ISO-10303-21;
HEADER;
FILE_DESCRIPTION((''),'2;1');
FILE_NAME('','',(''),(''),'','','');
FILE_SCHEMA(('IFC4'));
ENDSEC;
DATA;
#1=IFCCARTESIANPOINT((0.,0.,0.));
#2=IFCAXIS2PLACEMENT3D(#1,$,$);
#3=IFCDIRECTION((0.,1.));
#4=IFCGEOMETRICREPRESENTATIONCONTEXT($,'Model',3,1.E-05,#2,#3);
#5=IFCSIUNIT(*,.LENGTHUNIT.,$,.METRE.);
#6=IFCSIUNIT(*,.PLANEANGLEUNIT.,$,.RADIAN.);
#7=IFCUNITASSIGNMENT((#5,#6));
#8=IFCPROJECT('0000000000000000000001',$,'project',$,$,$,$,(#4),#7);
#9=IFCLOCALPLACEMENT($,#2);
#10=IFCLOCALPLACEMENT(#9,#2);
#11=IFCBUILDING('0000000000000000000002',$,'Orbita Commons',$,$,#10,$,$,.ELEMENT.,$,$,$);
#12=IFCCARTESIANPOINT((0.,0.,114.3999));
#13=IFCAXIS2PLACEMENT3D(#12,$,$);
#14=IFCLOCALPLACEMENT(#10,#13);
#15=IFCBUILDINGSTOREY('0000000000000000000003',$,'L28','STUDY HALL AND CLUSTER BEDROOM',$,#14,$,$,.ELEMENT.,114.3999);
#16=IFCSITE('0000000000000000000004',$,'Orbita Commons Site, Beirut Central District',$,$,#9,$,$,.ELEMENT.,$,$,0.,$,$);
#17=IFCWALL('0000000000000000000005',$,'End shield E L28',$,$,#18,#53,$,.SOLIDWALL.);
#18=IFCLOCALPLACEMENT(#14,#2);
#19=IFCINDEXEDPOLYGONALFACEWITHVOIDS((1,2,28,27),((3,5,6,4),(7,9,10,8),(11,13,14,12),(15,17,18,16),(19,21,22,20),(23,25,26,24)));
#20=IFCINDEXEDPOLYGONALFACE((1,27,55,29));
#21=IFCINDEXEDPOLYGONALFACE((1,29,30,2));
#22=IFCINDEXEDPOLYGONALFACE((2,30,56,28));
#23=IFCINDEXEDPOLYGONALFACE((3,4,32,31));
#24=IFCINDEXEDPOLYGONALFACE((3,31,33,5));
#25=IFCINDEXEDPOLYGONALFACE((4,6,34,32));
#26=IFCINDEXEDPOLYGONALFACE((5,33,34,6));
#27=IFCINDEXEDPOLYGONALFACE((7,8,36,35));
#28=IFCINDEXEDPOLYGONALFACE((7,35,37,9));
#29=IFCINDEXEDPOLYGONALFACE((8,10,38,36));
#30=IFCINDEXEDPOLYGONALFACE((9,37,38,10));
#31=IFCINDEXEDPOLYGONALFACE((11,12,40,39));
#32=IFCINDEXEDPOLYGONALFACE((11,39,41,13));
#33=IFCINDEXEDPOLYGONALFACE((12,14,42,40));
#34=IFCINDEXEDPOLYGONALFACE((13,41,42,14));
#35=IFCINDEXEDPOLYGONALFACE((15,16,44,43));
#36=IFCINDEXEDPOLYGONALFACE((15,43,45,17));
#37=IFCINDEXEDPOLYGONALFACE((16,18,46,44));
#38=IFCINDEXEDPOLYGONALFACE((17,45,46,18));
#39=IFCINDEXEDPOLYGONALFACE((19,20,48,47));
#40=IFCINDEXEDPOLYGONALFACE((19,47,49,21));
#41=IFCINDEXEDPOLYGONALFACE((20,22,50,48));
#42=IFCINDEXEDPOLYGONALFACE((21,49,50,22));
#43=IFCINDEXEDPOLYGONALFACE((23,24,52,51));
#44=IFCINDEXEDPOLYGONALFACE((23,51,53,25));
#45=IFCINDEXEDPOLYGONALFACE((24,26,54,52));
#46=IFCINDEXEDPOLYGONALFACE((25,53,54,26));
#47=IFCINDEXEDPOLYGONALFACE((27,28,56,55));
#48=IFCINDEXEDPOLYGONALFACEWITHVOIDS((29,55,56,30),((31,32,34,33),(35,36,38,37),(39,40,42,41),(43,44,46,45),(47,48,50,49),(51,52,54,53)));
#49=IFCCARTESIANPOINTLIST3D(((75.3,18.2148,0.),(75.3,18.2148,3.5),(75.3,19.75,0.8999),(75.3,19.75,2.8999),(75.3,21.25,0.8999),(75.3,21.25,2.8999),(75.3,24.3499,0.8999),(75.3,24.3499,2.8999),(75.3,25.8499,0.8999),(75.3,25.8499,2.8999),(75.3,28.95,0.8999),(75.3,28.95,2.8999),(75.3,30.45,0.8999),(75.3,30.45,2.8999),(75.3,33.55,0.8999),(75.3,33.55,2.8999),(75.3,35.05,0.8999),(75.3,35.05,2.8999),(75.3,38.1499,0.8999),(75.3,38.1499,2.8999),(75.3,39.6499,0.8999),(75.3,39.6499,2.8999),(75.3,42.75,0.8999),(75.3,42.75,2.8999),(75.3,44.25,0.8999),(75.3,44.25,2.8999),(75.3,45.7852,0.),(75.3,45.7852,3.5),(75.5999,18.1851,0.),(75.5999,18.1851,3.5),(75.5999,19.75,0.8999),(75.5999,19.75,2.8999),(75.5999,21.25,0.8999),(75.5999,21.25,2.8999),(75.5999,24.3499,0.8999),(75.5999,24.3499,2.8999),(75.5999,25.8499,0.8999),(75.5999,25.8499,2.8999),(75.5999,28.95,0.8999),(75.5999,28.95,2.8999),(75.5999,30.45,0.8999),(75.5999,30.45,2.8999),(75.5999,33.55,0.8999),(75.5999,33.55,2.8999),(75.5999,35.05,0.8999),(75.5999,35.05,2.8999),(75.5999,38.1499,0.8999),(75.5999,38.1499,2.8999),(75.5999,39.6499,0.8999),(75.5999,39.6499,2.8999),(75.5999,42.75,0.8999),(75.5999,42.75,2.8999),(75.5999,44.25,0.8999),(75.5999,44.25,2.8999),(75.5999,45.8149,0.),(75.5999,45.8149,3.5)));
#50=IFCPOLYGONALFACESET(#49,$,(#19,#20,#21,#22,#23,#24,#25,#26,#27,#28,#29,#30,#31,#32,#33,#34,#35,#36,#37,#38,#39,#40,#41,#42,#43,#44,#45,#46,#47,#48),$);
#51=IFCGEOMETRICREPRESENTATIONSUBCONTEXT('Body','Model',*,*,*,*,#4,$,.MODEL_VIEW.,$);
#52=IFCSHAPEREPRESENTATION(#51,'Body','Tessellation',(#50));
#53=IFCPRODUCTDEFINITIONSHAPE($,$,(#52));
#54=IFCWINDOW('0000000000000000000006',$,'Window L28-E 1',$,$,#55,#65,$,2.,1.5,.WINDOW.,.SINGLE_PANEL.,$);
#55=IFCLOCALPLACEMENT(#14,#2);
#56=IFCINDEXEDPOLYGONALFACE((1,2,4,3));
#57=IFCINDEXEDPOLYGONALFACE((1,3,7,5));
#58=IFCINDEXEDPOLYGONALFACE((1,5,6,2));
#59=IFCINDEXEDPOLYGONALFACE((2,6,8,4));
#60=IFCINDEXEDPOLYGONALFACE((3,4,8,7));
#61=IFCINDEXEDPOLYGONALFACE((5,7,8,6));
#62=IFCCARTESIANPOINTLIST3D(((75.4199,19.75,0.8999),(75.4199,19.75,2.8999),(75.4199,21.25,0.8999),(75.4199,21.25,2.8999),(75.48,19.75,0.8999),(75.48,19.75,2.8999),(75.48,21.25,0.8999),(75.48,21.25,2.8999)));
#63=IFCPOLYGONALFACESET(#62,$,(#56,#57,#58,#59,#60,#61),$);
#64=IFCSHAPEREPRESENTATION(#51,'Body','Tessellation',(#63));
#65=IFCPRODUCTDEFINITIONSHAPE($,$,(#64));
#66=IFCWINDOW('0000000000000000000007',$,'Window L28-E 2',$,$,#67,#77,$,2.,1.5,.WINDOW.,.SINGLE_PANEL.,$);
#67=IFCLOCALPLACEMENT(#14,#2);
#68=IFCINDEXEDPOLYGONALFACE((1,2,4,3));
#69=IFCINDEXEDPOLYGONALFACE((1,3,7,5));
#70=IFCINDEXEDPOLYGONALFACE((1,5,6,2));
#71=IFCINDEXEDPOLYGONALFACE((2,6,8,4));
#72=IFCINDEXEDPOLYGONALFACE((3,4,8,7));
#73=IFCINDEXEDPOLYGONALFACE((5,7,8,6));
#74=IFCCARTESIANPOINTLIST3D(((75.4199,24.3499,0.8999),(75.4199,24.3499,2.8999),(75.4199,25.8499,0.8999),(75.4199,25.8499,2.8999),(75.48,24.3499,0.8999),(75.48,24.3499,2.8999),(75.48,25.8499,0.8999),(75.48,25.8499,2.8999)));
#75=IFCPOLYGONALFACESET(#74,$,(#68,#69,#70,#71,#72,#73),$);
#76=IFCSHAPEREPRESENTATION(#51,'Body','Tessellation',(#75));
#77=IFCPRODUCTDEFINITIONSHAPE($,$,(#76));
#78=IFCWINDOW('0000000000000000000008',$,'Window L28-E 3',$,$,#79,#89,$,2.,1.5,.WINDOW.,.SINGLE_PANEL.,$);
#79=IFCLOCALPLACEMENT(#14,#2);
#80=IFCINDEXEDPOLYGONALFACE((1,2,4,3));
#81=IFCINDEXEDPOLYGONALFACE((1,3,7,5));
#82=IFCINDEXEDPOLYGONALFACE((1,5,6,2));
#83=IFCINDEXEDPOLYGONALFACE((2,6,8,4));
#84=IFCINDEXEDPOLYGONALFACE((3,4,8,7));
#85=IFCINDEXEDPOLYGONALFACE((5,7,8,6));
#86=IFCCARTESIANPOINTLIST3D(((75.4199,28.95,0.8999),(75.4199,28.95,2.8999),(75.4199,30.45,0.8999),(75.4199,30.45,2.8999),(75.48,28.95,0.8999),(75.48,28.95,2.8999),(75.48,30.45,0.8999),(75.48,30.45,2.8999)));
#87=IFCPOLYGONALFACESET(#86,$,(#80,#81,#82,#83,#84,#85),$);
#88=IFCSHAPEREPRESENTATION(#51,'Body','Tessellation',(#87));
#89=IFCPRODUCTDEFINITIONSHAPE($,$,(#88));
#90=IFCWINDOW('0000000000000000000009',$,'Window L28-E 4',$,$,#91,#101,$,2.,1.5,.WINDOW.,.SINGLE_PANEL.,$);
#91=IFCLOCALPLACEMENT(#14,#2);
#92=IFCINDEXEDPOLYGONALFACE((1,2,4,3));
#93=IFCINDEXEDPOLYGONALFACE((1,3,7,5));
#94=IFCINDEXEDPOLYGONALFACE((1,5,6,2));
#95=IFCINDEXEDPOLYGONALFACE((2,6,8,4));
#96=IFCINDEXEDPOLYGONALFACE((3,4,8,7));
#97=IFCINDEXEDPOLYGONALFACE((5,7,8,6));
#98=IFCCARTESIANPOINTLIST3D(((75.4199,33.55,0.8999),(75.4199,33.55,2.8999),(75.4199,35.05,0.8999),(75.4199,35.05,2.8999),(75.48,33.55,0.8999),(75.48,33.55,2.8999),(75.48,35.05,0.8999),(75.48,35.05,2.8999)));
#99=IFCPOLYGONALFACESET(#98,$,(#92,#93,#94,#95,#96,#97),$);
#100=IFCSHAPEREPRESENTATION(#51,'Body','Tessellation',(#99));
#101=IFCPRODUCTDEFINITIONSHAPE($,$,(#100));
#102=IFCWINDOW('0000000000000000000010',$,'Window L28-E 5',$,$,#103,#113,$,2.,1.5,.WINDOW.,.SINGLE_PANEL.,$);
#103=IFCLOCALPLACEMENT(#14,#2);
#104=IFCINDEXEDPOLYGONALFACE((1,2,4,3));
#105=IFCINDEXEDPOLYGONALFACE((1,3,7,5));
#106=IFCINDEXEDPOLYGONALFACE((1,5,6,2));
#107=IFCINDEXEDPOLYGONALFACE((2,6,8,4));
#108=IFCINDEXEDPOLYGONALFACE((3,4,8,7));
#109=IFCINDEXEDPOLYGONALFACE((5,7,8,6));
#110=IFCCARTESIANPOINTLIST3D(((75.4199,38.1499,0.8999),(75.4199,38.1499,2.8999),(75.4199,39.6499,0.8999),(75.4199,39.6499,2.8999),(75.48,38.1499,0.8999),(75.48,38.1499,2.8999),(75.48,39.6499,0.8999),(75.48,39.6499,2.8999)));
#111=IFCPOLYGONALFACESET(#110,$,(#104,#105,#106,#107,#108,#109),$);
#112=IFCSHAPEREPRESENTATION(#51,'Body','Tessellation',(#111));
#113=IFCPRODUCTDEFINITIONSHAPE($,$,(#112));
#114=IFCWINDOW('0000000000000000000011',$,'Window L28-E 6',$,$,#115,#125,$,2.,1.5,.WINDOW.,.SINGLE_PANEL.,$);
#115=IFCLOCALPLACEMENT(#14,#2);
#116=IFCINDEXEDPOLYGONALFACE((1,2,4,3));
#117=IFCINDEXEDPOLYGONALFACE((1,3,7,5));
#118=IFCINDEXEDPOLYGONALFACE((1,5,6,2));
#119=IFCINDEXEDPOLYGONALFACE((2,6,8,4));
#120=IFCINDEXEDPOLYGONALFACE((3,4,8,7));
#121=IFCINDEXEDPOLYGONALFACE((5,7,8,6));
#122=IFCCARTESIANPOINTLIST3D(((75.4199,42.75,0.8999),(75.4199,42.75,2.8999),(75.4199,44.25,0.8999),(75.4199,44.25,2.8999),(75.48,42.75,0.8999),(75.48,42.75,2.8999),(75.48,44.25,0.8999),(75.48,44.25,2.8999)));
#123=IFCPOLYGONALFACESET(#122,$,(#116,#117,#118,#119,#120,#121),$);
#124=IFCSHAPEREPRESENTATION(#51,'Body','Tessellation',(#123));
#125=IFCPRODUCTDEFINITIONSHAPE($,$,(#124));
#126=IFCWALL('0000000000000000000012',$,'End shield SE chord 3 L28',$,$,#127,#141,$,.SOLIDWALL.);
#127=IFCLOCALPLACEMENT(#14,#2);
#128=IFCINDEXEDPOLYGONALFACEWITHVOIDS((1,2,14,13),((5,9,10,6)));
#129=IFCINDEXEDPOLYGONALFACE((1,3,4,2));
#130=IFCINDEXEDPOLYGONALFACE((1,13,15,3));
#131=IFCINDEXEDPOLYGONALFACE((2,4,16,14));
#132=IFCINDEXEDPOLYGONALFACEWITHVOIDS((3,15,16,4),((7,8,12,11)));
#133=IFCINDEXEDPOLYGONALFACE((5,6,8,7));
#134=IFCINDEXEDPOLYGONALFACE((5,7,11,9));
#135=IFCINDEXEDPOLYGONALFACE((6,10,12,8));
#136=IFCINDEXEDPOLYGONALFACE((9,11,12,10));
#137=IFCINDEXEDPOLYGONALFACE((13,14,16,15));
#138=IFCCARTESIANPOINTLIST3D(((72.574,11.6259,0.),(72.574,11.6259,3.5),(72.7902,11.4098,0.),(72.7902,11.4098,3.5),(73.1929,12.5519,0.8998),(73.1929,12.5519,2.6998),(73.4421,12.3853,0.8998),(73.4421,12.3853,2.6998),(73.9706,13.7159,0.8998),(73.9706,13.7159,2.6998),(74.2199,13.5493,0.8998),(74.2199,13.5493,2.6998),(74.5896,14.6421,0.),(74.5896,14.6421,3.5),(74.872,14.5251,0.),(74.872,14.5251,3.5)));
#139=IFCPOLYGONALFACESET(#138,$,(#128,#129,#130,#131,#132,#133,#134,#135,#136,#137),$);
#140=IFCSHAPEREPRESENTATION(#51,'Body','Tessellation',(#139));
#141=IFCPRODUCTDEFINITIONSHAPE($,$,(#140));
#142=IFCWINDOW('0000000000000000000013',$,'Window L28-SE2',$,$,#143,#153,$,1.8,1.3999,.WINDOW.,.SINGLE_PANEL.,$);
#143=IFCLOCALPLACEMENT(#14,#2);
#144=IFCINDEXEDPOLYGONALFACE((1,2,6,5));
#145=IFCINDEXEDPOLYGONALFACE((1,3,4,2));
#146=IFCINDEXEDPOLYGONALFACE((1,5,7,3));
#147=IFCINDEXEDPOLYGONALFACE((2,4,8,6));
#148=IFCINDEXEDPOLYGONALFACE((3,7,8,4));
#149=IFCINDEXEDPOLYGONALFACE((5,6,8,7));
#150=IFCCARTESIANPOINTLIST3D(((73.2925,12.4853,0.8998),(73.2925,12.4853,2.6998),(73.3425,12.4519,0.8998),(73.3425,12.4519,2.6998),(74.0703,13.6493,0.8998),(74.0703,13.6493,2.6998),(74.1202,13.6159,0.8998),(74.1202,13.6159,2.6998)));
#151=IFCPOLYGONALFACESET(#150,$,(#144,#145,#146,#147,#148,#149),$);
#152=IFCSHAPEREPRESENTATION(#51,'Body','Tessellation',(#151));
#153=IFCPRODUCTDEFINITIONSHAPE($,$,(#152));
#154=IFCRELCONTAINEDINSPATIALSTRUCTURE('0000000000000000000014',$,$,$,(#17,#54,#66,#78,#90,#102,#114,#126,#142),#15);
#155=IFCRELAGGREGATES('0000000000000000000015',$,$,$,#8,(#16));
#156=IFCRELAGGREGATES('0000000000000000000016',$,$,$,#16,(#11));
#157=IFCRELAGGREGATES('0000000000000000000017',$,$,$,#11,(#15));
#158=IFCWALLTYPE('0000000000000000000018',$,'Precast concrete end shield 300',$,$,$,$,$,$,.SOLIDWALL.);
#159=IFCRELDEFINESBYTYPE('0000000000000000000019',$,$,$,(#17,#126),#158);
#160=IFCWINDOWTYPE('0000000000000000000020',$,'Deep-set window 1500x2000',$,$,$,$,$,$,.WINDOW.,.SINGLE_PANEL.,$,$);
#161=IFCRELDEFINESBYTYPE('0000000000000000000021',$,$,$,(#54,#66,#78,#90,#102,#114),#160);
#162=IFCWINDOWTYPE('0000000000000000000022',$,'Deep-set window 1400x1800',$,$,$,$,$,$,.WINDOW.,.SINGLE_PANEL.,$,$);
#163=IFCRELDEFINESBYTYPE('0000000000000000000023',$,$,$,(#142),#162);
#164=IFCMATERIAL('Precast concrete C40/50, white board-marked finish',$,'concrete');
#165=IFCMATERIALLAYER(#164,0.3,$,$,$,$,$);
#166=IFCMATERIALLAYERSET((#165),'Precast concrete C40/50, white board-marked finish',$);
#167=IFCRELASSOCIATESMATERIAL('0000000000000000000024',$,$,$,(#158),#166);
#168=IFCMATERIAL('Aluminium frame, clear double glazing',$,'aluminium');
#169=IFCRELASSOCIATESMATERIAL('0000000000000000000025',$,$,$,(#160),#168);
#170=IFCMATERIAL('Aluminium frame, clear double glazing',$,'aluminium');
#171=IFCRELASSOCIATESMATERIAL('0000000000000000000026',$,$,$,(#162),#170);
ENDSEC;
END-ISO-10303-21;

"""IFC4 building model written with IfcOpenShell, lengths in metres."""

from ifc_helpers import new_model, si_unit, direction, frame, frame_2d, origin, place, context, subcontext, project, spatial, polyline, rectangle, outline, extrude, material, layer, layer_set, type_object, element, fill, save


model = new_model("IFC4")

# Units and contexts
model_context = context("Model", 3, precision=1e-05, world=origin(), true_north=direction((0.0, 1.0)))
body_context = subcontext(model_context, "Body", "Model", "MODEL_VIEW")
ifc_project = project(units=[si_unit("LENGTHUNIT", "METRE"), si_unit("PLANEANGLEUNIT", "RADIAN")], contexts=[model_context])

# Site, building, storey
site_placement = place(None, origin())
site = spatial("IfcSite", under=ifc_project, at=site_placement, Name="Orbita Commons Site, Beirut Central District", CompositionType="ELEMENT", RefElevation=0.0)
building_placement = place(site_placement, origin())
building = spatial("IfcBuilding", under=site, at=building_placement, Name="Orbita Commons", CompositionType="ELEMENT")
storey_placement = place(building_placement, frame((0.0, 0.0, 114.3999)))
storey = spatial("IfcBuildingStorey", under=building, at=storey_placement, Name="L28", Description="STUDY HALL AND CLUSTER BEDROOM", CompositionType="ELEMENT", Elevation=114.3999)

# Wall, openings, windows
ifc_material_1 = material(Name="Precast concrete C40/50, white board-marked finish", Category="concrete")
ifc_layer_1 = layer(ifc_material_1, 0.3)
ifc_layer_set_1 = layer_set([ifc_layer_1], Name="Precast concrete C40/50, white board-marked finish")
wall_type_1 = type_object("IfcWallType", Name="Precast concrete end shield 300", PredefinedType="SOLIDWALL", material=ifc_layer_set_1)
wall_1_placement = place(storey_placement, frame((75.45, 18.2, 0.0), z_axis=(0.0, 0.0, 1.0), x_axis=(0.0, 1.0, 0.0)))
wall_1 = element("IfcWall", 1, at=wall_1_placement, inside=storey, type_object=wall_type_1, Name="End shield E L28", PredefinedType="SOLIDWALL", context=body_context, shape_type="SweptSolid", body=[
    extrude(outline(polyline([(-0.0149, -0.1499), (27.615, -0.1499), (27.5852, 0.1499), (0.0149, 0.1499), (-0.0149, -0.1499)])), origin(), (0.0, 0.0, 1.0), 3.5),
])
opening_1_placement = place(wall_1_placement, frame((1.55, 0.0, 0.8999)))
opening_1 = element("IfcOpeningElement", 2, at=opening_1_placement, cuts=wall_1, PredefinedType="OPENING", context=body_context, shape_type="SweptSolid", body=[
    extrude(rectangle(XDim=1.5, YDim=2.0, at=frame_2d((0.75, 1.0))), frame((0.0, 0.1599, 0.0), z_axis=(0.0, -1.0, 0.0), x_axis=(1.0, 0.0, 0.0)), (0.0, 0.0, 1.0), 0.3201),
])
opening_2_placement = place(wall_1_placement, frame((6.1499, 0.0, 0.8999)))
opening_2 = element("IfcOpeningElement", 3, at=opening_2_placement, cuts=wall_1, PredefinedType="OPENING", context=body_context, shape_type="SweptSolid", body=[
    extrude(rectangle(XDim=1.5, YDim=2.0, at=frame_2d((0.75, 1.0))), frame((0.0, 0.1599, 0.0), z_axis=(0.0, -1.0, 0.0), x_axis=(1.0, 0.0, 0.0)), (0.0, 0.0, 1.0), 0.3201),
])
opening_3_placement = place(wall_1_placement, frame((10.75, 0.0, 0.8999)))
opening_3 = element("IfcOpeningElement", 4, at=opening_3_placement, cuts=wall_1, PredefinedType="OPENING", context=body_context, shape_type="SweptSolid", body=[
    extrude(rectangle(XDim=1.5, YDim=2.0, at=frame_2d((0.75, 1.0))), frame((0.0, 0.1599, 0.0), z_axis=(0.0, -1.0, 0.0), x_axis=(1.0, 0.0, 0.0)), (0.0, 0.0, 1.0), 0.3201),
])
opening_4_placement = place(wall_1_placement, frame((15.3501, 0.0, 0.8999)))
opening_4 = element("IfcOpeningElement", 5, at=opening_4_placement, cuts=wall_1, PredefinedType="OPENING", context=body_context, shape_type="SweptSolid", body=[
    extrude(rectangle(XDim=1.5, YDim=2.0, at=frame_2d((0.75, 1.0))), frame((0.0, 0.1599, 0.0), z_axis=(0.0, -1.0, 0.0), x_axis=(1.0, 0.0, 0.0)), (0.0, 0.0, 1.0), 0.3201),
])
opening_5_placement = place(wall_1_placement, frame((19.95, 0.0, 0.8999)))
opening_5 = element("IfcOpeningElement", 6, at=opening_5_placement, cuts=wall_1, PredefinedType="OPENING", context=body_context, shape_type="SweptSolid", body=[
    extrude(rectangle(XDim=1.5, YDim=2.0, at=frame_2d((0.75, 1.0))), frame((0.0, 0.1599, 0.0), z_axis=(0.0, -1.0, 0.0), x_axis=(1.0, 0.0, 0.0)), (0.0, 0.0, 1.0), 0.3201),
])
opening_6_placement = place(wall_1_placement, frame((24.55, 0.0, 0.8999)))
opening_6 = element("IfcOpeningElement", 7, at=opening_6_placement, cuts=wall_1, PredefinedType="OPENING", context=body_context, shape_type="SweptSolid", body=[
    extrude(rectangle(XDim=1.5, YDim=2.0, at=frame_2d((0.75, 1.0))), frame((0.0, 0.1599, 0.0), z_axis=(0.0, -1.0, 0.0), x_axis=(1.0, 0.0, 0.0)), (0.0, 0.0, 1.0), 0.3201),
])
ifc_material_2 = material(Name="Aluminium frame, clear double glazing", Category="aluminium")
window_type_1 = type_object("IfcWindowType", Name="Deep-set window 1500x2000", PartitioningType="SINGLE_PANEL", PredefinedType="WINDOW", material=ifc_material_2)
window_1_placement = place(opening_1_placement, origin())
window_1 = element("IfcWindow", 8, at=window_1_placement, inside=storey, type_object=window_type_1, Name="Window L28-E 1", OverallHeight=2.0, OverallWidth=1.5, PartitioningType="SINGLE_PANEL", PredefinedType="WINDOW", context=body_context, shape_type="SweptSolid", body=[
    extrude(rectangle(XDim=1.5, YDim=2.0, at=frame_2d((0.75, 1.0))), frame((0.0, 0.03, 0.0), z_axis=(0.0, -1.0, 0.0), x_axis=(1.0, 0.0, 0.0)), (0.0, 0.0, 1.0), 0.0601),
])
fill(opening_1, window_1)
window_2_placement = place(opening_2_placement, origin())
window_2 = element("IfcWindow", 9, at=window_2_placement, inside=storey, type_object=window_type_1, Name="Window L28-E 2", OverallHeight=2.0, OverallWidth=1.5, PartitioningType="SINGLE_PANEL", PredefinedType="WINDOW", context=body_context, shape_type="SweptSolid", body=[
    extrude(rectangle(XDim=1.5, YDim=2.0, at=frame_2d((0.75, 1.0))), frame((0.0, 0.03, 0.0), z_axis=(0.0, -1.0, 0.0), x_axis=(1.0, 0.0, 0.0)), (0.0, 0.0, 1.0), 0.0601),
])
fill(opening_2, window_2)
window_3_placement = place(opening_3_placement, origin())
window_3 = element("IfcWindow", 10, at=window_3_placement, inside=storey, type_object=window_type_1, Name="Window L28-E 3", OverallHeight=2.0, OverallWidth=1.5, PartitioningType="SINGLE_PANEL", PredefinedType="WINDOW", context=body_context, shape_type="SweptSolid", body=[
    extrude(rectangle(XDim=1.5, YDim=2.0, at=frame_2d((0.75, 1.0))), frame((0.0, 0.03, 0.0), z_axis=(0.0, -1.0, 0.0), x_axis=(1.0, 0.0, 0.0)), (0.0, 0.0, 1.0), 0.0601),
])
fill(opening_3, window_3)
window_4_placement = place(opening_4_placement, origin())
window_4 = element("IfcWindow", 11, at=window_4_placement, inside=storey, type_object=window_type_1, Name="Window L28-E 4", OverallHeight=2.0, OverallWidth=1.5, PartitioningType="SINGLE_PANEL", PredefinedType="WINDOW", context=body_context, shape_type="SweptSolid", body=[
    extrude(rectangle(XDim=1.5, YDim=2.0, at=frame_2d((0.75, 1.0))), frame((0.0, 0.03, 0.0), z_axis=(0.0, -1.0, 0.0), x_axis=(1.0, 0.0, 0.0)), (0.0, 0.0, 1.0), 0.0601),
])
fill(opening_4, window_4)
window_5_placement = place(opening_5_placement, origin())
window_5 = element("IfcWindow", 12, at=window_5_placement, inside=storey, type_object=window_type_1, Name="Window L28-E 5", OverallHeight=2.0, OverallWidth=1.5, PartitioningType="SINGLE_PANEL", PredefinedType="WINDOW", context=body_context, shape_type="SweptSolid", body=[
    extrude(rectangle(XDim=1.5, YDim=2.0, at=frame_2d((0.75, 1.0))), frame((0.0, 0.03, 0.0), z_axis=(0.0, -1.0, 0.0), x_axis=(1.0, 0.0, 0.0)), (0.0, 0.0, 1.0), 0.0601),
])
fill(opening_5, window_5)
window_6_placement = place(opening_6_placement, origin())
window_6 = element("IfcWindow", 13, at=window_6_placement, inside=storey, type_object=window_type_1, Name="Window L28-E 6", OverallHeight=2.0, OverallWidth=1.5, PartitioningType="SINGLE_PANEL", PredefinedType="WINDOW", context=body_context, shape_type="SweptSolid", body=[
    extrude(rectangle(XDim=1.5, YDim=2.0, at=frame_2d((0.75, 1.0))), frame((0.0, 0.03, 0.0), z_axis=(0.0, -1.0, 0.0), x_axis=(1.0, 0.0, 0.0)), (0.0, 0.0, 1.0), 0.0601),
])
fill(opening_6, window_6)

# Wall, opening, window
wall_2_placement = place(storey_placement, frame((72.6821, 11.5178, 0.0), z_axis=(0.0, 0.0, 1.0), x_axis=(0.555601, 0.831449, 0.0)))
wall_2 = element("IfcWall", 14, at=wall_2_placement, inside=storey, type_object=wall_type_1, Name="End shield SE chord 3 L28", PredefinedType="SOLIDWALL", context=body_context, shape_type="SweptSolid", body=[
    extrude(outline(polyline([(-0.0298, -0.1499), (3.717, -0.1499), (3.6575, 0.1499), (0.0298, 0.1499), (-0.0298, -0.1499)])), origin(), (0.0, 0.0, 1.0), 3.5),
])
opening_7_placement = place(wall_2_placement, frame((1.1436, 0.0, 0.8999)))
opening_7 = element("IfcOpeningElement", 15, at=opening_7_placement, cuts=wall_2, PredefinedType="OPENING", context=body_context, shape_type="SweptSolid", body=[
    extrude(rectangle(XDim=1.3999, YDim=1.8, at=frame_2d((0.7, 0.8999))), frame((0.0, 0.1599, 0.0), z_axis=(0.0, -1.0, 0.0), x_axis=(1.0, 0.0, 0.0)), (0.0, 0.0, 1.0), 0.3201),
])
ifc_material_3 = material(Name="Aluminium frame, clear double glazing", Category="aluminium")
window_type_2 = type_object("IfcWindowType", Name="Deep-set window 1400x1800", PartitioningType="SINGLE_PANEL", PredefinedType="WINDOW", material=ifc_material_3)
window_7_placement = place(opening_7_placement, origin())
window_7 = element("IfcWindow", 16, at=window_7_placement, inside=storey, type_object=window_type_2, Name="Window L28-SE2", OverallHeight=1.8, OverallWidth=1.3999, PartitioningType="SINGLE_PANEL", PredefinedType="WINDOW", context=body_context, shape_type="SweptSolid", body=[
    extrude(rectangle(XDim=1.3999, YDim=1.8, at=frame_2d((0.7, 0.8999))), frame((0.0, 0.03, 0.0), z_axis=(0.0, -1.0, 0.0), x_axis=(1.0, 0.0, 0.0)), (0.0, 0.0, 1.0), 0.0601),
])
fill(opening_7, window_7)

save(model, "model.ifc")
